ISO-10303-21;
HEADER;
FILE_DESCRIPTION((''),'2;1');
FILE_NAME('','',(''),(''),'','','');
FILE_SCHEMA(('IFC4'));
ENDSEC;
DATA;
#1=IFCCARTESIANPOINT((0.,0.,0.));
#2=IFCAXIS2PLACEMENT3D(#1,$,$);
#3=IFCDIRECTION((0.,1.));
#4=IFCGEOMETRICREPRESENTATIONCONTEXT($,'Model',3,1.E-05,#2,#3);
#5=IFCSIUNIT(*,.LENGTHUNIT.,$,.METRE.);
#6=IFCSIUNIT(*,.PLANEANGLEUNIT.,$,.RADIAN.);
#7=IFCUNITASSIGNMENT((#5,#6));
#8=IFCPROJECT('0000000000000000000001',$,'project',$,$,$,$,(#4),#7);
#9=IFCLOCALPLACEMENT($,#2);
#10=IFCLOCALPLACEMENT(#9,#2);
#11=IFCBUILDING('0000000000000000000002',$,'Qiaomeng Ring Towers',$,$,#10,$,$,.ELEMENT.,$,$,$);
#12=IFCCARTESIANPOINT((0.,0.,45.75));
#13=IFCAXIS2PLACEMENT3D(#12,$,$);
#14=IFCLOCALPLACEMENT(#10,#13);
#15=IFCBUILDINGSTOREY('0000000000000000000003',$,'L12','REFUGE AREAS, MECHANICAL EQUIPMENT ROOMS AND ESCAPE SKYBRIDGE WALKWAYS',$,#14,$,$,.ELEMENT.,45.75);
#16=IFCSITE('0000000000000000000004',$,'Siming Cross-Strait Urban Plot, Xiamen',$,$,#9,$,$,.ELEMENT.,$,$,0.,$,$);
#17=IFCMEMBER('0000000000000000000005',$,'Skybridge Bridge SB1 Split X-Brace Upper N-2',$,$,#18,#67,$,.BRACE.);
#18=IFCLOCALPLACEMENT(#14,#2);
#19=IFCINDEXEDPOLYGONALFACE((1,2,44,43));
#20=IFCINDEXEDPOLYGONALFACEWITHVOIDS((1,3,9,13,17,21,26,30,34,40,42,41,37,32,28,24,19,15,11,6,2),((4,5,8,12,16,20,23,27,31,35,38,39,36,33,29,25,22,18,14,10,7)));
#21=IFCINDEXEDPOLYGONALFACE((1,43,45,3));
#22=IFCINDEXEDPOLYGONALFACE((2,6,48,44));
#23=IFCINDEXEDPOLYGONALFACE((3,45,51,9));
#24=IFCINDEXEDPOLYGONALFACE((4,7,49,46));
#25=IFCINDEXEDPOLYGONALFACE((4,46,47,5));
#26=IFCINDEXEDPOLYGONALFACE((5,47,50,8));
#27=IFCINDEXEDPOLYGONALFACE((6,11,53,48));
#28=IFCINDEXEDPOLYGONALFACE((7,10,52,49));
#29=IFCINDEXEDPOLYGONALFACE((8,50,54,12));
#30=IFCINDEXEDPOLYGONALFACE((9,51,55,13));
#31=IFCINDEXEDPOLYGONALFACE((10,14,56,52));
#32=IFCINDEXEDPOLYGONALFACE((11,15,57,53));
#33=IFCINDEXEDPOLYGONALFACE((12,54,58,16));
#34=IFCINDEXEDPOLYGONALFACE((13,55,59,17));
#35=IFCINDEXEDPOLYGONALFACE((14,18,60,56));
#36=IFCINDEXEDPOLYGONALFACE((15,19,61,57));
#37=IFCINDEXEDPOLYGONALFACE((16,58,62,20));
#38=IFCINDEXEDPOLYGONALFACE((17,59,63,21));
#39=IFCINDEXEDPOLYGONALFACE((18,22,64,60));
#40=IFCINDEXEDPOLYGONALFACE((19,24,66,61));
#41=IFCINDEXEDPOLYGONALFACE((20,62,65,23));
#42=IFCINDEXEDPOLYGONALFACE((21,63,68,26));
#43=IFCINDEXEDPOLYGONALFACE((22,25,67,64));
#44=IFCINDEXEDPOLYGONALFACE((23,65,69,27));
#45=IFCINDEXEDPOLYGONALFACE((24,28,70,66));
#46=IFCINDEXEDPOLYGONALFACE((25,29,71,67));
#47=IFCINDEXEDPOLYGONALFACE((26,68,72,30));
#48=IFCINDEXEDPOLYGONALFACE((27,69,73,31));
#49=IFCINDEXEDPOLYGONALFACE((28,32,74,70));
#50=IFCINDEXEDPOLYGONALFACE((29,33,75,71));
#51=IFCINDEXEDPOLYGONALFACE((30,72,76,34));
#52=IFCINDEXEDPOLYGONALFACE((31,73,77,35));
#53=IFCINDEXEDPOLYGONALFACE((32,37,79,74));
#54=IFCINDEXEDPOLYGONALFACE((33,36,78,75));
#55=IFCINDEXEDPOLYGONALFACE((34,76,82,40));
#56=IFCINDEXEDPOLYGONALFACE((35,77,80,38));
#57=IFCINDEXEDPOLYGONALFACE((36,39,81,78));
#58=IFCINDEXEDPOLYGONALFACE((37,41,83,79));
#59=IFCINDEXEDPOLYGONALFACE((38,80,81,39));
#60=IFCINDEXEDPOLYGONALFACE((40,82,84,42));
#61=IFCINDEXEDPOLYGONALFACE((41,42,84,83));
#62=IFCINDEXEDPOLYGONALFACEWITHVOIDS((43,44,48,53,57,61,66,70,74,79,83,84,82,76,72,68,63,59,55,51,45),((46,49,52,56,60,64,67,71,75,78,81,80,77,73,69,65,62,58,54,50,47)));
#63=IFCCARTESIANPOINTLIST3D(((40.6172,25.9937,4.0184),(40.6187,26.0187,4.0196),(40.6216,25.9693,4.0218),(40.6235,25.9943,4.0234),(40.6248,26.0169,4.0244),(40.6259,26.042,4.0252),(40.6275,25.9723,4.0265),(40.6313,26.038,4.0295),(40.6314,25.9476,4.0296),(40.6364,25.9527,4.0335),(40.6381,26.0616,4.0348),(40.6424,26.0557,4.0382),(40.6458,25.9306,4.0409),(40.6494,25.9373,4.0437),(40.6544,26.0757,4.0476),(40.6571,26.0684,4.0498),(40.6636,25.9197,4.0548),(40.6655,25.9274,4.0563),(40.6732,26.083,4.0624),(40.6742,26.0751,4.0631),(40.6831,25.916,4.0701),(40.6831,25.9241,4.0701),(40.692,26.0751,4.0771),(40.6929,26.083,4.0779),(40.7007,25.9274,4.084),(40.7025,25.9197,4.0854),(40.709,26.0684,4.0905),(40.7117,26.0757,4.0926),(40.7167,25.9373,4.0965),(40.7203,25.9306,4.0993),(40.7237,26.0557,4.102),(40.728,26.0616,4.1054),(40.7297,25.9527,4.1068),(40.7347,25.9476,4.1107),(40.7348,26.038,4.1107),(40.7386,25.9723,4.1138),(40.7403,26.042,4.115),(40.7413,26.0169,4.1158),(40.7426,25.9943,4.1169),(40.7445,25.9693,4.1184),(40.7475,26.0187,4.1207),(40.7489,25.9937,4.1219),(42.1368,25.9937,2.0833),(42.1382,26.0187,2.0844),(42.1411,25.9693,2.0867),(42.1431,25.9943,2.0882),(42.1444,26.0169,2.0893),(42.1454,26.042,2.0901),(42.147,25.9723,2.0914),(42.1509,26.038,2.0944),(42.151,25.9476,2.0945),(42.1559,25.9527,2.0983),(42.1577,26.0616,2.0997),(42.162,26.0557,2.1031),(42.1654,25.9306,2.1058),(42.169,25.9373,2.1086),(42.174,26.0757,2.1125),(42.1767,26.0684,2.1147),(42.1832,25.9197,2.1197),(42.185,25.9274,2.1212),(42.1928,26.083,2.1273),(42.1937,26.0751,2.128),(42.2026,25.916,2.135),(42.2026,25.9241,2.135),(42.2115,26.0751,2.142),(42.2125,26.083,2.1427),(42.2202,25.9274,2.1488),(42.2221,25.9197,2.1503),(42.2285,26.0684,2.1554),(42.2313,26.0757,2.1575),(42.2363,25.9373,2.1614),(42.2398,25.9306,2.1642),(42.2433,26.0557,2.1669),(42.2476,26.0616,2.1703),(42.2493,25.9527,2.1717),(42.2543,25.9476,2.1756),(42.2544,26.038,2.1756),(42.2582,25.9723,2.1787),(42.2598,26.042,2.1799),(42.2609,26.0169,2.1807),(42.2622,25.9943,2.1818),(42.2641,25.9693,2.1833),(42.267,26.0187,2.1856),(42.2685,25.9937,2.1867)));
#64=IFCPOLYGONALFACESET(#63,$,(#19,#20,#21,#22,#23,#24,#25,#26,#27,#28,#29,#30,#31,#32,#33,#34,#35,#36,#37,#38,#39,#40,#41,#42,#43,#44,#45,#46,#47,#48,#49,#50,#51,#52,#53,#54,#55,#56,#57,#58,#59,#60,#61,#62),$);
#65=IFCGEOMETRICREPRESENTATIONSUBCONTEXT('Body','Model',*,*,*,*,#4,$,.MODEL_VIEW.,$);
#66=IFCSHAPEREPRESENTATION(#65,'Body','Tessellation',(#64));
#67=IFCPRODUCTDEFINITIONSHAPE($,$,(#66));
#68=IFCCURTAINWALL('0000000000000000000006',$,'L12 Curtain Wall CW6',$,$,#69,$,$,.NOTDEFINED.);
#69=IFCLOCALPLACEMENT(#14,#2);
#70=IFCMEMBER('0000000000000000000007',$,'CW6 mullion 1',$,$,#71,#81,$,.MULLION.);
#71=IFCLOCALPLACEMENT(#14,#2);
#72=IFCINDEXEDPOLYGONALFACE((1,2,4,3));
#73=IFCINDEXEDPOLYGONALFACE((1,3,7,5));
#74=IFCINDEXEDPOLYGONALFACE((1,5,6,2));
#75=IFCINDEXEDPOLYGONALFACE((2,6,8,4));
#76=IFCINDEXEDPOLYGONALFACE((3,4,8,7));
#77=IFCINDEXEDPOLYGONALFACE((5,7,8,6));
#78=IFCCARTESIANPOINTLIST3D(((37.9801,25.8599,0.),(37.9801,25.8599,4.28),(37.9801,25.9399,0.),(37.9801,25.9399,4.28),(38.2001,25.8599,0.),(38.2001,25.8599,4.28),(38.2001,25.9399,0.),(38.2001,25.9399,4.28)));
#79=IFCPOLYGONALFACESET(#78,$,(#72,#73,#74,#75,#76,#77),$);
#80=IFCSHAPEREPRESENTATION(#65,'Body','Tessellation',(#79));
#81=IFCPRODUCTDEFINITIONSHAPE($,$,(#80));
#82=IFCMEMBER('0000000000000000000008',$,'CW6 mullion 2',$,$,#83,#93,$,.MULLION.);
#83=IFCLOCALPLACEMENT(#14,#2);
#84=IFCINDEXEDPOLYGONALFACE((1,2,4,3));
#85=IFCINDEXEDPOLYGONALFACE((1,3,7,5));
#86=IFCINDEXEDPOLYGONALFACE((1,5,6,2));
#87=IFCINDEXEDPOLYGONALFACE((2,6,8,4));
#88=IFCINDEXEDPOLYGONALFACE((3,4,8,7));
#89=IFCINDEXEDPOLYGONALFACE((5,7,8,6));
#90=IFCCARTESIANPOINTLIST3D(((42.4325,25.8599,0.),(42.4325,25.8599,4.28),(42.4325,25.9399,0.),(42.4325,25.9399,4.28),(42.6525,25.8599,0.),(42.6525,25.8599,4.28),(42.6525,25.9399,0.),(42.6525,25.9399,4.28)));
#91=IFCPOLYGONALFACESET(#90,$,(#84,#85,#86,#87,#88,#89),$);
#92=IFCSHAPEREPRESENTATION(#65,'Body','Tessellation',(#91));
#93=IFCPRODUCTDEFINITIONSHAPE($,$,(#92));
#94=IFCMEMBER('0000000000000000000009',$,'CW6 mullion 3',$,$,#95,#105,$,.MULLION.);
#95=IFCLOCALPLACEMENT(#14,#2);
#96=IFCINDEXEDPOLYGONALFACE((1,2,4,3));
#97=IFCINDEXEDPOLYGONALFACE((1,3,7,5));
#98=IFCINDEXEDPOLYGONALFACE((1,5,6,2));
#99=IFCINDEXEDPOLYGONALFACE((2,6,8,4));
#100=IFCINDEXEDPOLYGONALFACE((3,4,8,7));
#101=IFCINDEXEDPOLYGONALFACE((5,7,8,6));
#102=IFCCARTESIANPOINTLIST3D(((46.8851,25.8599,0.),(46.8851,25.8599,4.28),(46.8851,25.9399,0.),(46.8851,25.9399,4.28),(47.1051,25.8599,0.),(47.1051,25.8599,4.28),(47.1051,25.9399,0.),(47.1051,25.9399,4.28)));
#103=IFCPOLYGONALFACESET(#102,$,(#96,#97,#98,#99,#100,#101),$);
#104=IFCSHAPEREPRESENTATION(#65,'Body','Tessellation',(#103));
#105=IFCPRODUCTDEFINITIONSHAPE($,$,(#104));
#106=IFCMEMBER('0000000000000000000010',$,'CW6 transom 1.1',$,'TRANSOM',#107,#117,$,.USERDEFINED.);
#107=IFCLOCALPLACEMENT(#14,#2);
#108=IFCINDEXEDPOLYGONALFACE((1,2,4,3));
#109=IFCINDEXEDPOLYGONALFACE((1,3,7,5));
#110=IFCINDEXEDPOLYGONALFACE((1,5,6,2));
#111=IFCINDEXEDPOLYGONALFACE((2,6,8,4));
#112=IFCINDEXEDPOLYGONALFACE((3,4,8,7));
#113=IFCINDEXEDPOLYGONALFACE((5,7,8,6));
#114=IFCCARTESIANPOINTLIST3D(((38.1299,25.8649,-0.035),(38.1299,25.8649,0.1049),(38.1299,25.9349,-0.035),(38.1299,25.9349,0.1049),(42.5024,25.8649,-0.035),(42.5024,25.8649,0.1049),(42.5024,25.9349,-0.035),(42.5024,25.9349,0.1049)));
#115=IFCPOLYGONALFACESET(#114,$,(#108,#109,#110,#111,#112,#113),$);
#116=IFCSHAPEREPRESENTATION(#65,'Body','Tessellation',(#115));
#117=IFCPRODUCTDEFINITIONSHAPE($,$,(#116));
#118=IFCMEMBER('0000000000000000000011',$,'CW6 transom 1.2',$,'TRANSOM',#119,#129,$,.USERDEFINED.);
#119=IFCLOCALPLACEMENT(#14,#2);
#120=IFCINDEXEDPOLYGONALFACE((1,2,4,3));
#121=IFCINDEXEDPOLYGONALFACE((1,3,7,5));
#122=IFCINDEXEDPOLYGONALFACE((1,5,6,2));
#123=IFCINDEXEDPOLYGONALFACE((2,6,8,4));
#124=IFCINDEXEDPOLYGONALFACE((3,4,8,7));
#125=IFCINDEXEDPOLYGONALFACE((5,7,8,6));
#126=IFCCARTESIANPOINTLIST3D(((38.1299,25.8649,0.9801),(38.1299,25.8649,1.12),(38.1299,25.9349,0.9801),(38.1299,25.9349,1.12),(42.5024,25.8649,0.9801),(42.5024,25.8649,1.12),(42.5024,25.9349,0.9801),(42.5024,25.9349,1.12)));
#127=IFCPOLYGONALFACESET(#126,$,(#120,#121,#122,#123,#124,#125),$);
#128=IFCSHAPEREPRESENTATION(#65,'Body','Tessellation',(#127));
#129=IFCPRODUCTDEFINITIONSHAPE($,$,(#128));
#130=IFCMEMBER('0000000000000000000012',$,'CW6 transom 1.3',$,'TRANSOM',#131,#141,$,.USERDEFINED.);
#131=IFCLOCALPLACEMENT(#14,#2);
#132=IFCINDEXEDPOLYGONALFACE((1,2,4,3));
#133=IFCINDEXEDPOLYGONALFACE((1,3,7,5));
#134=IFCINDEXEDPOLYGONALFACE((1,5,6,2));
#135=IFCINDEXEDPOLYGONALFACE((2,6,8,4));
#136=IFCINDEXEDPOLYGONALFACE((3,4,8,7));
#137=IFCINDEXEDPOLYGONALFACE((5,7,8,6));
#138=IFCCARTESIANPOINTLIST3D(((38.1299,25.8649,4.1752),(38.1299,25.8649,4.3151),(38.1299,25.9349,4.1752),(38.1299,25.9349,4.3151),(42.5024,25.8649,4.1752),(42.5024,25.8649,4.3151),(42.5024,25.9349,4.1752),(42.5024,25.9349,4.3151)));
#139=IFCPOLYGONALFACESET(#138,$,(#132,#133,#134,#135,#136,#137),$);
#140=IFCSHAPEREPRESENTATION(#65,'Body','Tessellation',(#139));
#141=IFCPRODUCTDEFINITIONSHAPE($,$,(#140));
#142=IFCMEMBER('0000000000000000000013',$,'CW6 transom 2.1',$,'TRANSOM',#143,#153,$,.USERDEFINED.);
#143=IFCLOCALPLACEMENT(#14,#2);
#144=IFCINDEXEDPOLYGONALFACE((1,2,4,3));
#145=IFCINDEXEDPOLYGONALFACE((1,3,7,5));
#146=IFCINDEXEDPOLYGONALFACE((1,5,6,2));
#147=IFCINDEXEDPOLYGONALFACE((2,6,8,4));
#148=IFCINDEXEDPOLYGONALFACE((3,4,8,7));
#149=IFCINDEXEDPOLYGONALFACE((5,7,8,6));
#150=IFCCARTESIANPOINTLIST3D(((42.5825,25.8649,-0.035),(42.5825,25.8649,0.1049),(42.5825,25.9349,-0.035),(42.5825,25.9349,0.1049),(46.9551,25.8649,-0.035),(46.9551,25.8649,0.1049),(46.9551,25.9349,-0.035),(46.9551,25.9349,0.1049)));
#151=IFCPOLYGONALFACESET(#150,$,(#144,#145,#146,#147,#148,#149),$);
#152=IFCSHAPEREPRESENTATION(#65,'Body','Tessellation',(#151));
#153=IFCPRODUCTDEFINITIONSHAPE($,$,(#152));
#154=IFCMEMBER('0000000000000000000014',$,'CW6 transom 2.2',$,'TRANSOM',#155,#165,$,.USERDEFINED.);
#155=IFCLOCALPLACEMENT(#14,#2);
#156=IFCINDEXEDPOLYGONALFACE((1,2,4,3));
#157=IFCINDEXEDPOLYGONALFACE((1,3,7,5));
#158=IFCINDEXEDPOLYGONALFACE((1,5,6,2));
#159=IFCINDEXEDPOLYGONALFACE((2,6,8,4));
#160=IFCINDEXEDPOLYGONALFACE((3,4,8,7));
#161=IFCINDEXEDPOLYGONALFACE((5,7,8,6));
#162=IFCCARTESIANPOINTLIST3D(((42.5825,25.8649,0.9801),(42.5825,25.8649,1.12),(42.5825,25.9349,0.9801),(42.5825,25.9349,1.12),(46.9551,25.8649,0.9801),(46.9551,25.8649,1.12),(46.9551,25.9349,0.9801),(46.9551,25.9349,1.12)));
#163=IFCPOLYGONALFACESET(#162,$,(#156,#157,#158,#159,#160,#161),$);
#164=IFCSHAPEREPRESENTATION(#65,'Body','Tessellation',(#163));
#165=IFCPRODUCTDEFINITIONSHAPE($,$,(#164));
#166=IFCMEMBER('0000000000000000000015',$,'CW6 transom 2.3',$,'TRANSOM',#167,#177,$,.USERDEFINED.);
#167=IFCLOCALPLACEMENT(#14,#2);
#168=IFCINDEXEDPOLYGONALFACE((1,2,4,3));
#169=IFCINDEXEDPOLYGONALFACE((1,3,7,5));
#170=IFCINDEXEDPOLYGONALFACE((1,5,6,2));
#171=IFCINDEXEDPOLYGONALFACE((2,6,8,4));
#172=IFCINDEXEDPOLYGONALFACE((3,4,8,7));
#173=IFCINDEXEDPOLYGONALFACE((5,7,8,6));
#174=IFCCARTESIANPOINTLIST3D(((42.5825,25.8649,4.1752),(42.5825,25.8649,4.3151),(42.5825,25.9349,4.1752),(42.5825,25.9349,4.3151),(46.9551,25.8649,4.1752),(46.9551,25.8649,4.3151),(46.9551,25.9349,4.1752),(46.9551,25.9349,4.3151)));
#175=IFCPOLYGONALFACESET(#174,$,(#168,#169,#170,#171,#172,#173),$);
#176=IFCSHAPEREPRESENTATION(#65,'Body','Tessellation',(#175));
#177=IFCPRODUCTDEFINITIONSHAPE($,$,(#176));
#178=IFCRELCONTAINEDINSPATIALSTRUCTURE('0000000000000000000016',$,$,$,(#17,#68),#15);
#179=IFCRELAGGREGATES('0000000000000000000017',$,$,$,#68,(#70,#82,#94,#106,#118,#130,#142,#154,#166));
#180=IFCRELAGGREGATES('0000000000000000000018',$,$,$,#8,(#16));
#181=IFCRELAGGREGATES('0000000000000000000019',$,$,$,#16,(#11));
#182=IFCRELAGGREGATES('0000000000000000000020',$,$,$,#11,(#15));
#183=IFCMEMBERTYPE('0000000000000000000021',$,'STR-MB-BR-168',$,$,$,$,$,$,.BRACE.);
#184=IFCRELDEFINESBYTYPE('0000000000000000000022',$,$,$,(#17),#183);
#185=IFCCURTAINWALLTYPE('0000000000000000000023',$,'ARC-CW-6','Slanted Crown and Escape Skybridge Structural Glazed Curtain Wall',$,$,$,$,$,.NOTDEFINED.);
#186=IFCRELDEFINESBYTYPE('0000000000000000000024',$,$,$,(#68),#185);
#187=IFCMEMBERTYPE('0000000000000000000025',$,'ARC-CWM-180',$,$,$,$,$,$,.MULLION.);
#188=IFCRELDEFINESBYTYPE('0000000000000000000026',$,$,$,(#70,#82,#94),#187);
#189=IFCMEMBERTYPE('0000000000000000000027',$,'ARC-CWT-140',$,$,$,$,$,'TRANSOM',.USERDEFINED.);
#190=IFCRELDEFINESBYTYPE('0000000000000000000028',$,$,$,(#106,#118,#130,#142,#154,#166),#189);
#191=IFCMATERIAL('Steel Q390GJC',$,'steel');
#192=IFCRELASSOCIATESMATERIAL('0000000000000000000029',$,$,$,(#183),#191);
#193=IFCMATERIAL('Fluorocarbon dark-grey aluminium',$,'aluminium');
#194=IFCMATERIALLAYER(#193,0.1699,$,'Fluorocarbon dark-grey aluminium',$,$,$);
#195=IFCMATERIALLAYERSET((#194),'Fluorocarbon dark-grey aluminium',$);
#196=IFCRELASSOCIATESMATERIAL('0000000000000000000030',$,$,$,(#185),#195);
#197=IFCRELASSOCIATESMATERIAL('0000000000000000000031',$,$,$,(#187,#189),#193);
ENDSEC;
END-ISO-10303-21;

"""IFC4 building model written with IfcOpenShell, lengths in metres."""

from ifc_helpers import new_model, si_unit, direction, frame, origin, origin_2d, place, context, subcontext, project, spatial, rectangle, hollow_circle, extrude, source, transform, mapped, material, layer, layer_set, material_profile, profile_set, type_object, element, aggregate, save


model = new_model("IFC4")

# Units and contexts
model_context = context("Model", 3, precision=1e-05, world=origin(), true_north=direction((0.0, 1.0)))
body_context = subcontext(model_context, "Body", "Model", "MODEL_VIEW")
ifc_project = project(units=[si_unit("LENGTHUNIT", "METRE"), si_unit("PLANEANGLEUNIT", "RADIAN")], contexts=[model_context])

# Site, building, storey
site_placement = place(None, origin())
site = spatial("IfcSite", under=ifc_project, at=site_placement, Name="Siming Cross-Strait Urban Plot, Xiamen", CompositionType="ELEMENT", RefElevation=0.0)
building_placement = place(site_placement, origin())
building = spatial("IfcBuilding", under=site, at=building_placement, Name="Qiaomeng Ring Towers", CompositionType="ELEMENT")
storey_placement = place(building_placement, frame((0.0, 0.0, 45.75)))
storey = spatial("IfcBuildingStorey", under=building, at=storey_placement, Name="L12", Description="REFUGE AREAS, MECHANICAL EQUIPMENT ROOMS AND ESCAPE SKYBRIDGE WALKWAYS", CompositionType="ELEMENT", Elevation=45.75)

# Member
ifc_material_1 = material(Name="Steel Q390GJC", Category="steel")
ifc_material_profile_1 = material_profile(ifc_material_1, hollow_circle(Radius=0.084, WallThickness=0.0081, at=origin_2d()), Name="CHS 168x8")
ifc_profile_set_1 = profile_set([ifc_material_profile_1], Name="Steel Q390GJC")
member_type_1 = type_object("IfcMemberType", Name="STR-MB-BR-168", PredefinedType="BRACE", material=ifc_profile_set_1)
shared_shape_1 = source(origin(), body_context, "Body", "SweptSolid", [
    extrude(hollow_circle(Radius=0.084, WallThickness=0.0081, at=origin_2d()), origin(), (0.0, 0.0, 1.0), 2.4604),
])
member_1_placement = place(storey_placement, frame((42.2026, 26.0, 2.135), z_axis=(-0.617602, 0.0, 0.78649), x_axis=(0.0, -1.0, 0.0)))
element("IfcMember", 1, at=member_1_placement, inside=storey, type_object=member_type_1, Name="Skybridge Bridge SB1 Split X-Brace Upper N-2", PredefinedType="BRACE", context=body_context, shape_type="MappedRepresentation", body=[
    mapped(shared_shape_1, transform((0.0, 0.0, 0.0), x_axis=(1.0, 0.0, 0.0), y_axis=(0.0, 1.0, 0.0), z_axis=(0.0, 0.0, 1.0), scale=1.0)),
])

# Curtain wall, members
ifc_material_2 = material(Name="Fluorocarbon dark-grey aluminium", Category="aluminium")
ifc_layer_1 = layer(ifc_material_2, 0.1699, Name="Fluorocarbon dark-grey aluminium")
ifc_layer_set_1 = layer_set([ifc_layer_1], Name="Fluorocarbon dark-grey aluminium")
curtain_wall_type = type_object("IfcCurtainWallType", Name="ARC-CW-6", Description="Slanted Crown and Escape Skybridge Structural Glazed Curtain Wall", PredefinedType="NOTDEFINED", material=ifc_layer_set_1)
curtain_wall_placement = place(storey_placement, origin())
curtain_wall = element("IfcCurtainWall", 2, at=curtain_wall_placement, inside=storey, type_object=curtain_wall_type, Name="L12 Curtain Wall CW6", PredefinedType="NOTDEFINED")
ifc_material_profile_2 = material_profile(ifc_material_2, rectangle(XDim=0.0801, YDim=0.22, at=origin_2d()), Name="ALU MULL 80x220")
ifc_profile_set_2 = profile_set([ifc_material_profile_2], Name="Fluorocarbon dark-grey aluminium")
member_type_2 = type_object("IfcMemberType", Name="ARC-CWM-180", PredefinedType="MULLION", material=ifc_profile_set_2)
shared_shape_2 = source(origin(), body_context, "Body", "SweptSolid", [
    extrude(rectangle(XDim=0.0801, YDim=0.22, at=origin_2d()), origin(), (0.0, 0.0, 1.0), 4.28),
])
member_2_placement = place(storey_placement, frame((38.0901, 25.8999, 0.0), z_axis=(0.0, 0.0, 1.0), x_axis=(0.0, 1.0, 0.0)))
member_2 = element("IfcMember", 3, at=member_2_placement, type_object=member_type_2, Name="CW6 mullion 1", PredefinedType="MULLION", context=body_context, shape_type="MappedRepresentation", body=[
    mapped(shared_shape_2, transform((0.0, 0.0, 0.0), x_axis=(1.0, 0.0, 0.0), y_axis=(0.0, 1.0, 0.0), z_axis=(0.0, 0.0, 1.0), scale=1.0)),
])
member_3_placement = place(storey_placement, frame((42.5425, 25.8999, 0.0), z_axis=(0.0, 0.0, 1.0), x_axis=(0.0, 1.0, 0.0)))
member_3 = element("IfcMember", 4, at=member_3_placement, type_object=member_type_2, Name="CW6 mullion 2", PredefinedType="MULLION", context=body_context, shape_type="MappedRepresentation", body=[
    mapped(shared_shape_2, transform((0.0, 0.0, 0.0), x_axis=(1.0, 0.0, 0.0), y_axis=(0.0, 1.0, 0.0), z_axis=(0.0, 0.0, 1.0), scale=1.0)),
])
member_4_placement = place(storey_placement, frame((46.9951, 25.8999, 0.0), z_axis=(0.0, 0.0, 1.0), x_axis=(0.0, 1.0, 0.0)))
member_4 = element("IfcMember", 5, at=member_4_placement, type_object=member_type_2, Name="CW6 mullion 3", PredefinedType="MULLION", context=body_context, shape_type="MappedRepresentation", body=[
    mapped(shared_shape_2, transform((0.0, 0.0, 0.0), x_axis=(1.0, 0.0, 0.0), y_axis=(0.0, 1.0, 0.0), z_axis=(0.0, 0.0, 1.0), scale=1.0)),
])
ifc_material_profile_3 = material_profile(ifc_material_2, rectangle(XDim=0.0701, YDim=0.1399, at=origin_2d()), Name="ALU TRAN 70x140")
ifc_profile_set_3 = profile_set([ifc_material_profile_3], Name="Fluorocarbon dark-grey aluminium")
member_type_3 = type_object("IfcMemberType", Name="ARC-CWT-140", ElementType="TRANSOM", PredefinedType="USERDEFINED", material=ifc_profile_set_3)
shared_shape_3 = source(origin(), body_context, "Body", "SweptSolid", [
    extrude(rectangle(XDim=0.0701, YDim=0.1399, at=origin_2d()), origin(), (0.0, 0.0, 1.0), 4.3726),
])
member_5_placement = place(storey_placement, frame((38.1299, 25.8999, 0.0349), z_axis=(1.0, 0.0, 0.0), x_axis=(0.0, 1.0, 0.0)))
member_5 = element("IfcMember", 6, at=member_5_placement, type_object=member_type_3, Name="CW6 transom 1.1", ObjectType="TRANSOM", PredefinedType="USERDEFINED", context=body_context, shape_type="MappedRepresentation", body=[
    mapped(shared_shape_3, transform((0.0, 0.0, 0.0), x_axis=(1.0, 0.0, 0.0), y_axis=(0.0, 1.0, 0.0), z_axis=(0.0, 0.0, 1.0), scale=1.0)),
])
member_6_placement = place(storey_placement, frame((38.1299, 25.8999, 1.05), z_axis=(1.0, 0.0, 0.0), x_axis=(0.0, 1.0, 0.0)))
member_6 = element("IfcMember", 7, at=member_6_placement, type_object=member_type_3, Name="CW6 transom 1.2", ObjectType="TRANSOM", PredefinedType="USERDEFINED", context=body_context, shape_type="MappedRepresentation", body=[
    mapped(shared_shape_3, transform((0.0, 0.0, 0.0), x_axis=(1.0, 0.0, 0.0), y_axis=(0.0, 1.0, 0.0), z_axis=(0.0, 0.0, 1.0), scale=1.0)),
])
member_7_placement = place(storey_placement, frame((38.1299, 25.8999, 4.2451), z_axis=(1.0, 0.0, 0.0), x_axis=(0.0, 1.0, 0.0)))
member_7 = element("IfcMember", 8, at=member_7_placement, type_object=member_type_3, Name="CW6 transom 1.3", ObjectType="TRANSOM", PredefinedType="USERDEFINED", context=body_context, shape_type="MappedRepresentation", body=[
    mapped(shared_shape_3, transform((0.0, 0.0, 0.0), x_axis=(1.0, 0.0, 0.0), y_axis=(0.0, 1.0, 0.0), z_axis=(0.0, 0.0, 1.0), scale=1.0)),
])
member_8_placement = place(storey_placement, frame((42.5825, 25.8999, 0.0349), z_axis=(1.0, 0.0, 0.0), x_axis=(0.0, 1.0, 0.0)))
member_8 = element("IfcMember", 9, at=member_8_placement, type_object=member_type_3, Name="CW6 transom 2.1", ObjectType="TRANSOM", PredefinedType="USERDEFINED", context=body_context, shape_type="MappedRepresentation", body=[
    mapped(shared_shape_3, transform((0.0, 0.0, 0.0), x_axis=(1.0, 0.0, 0.0), y_axis=(0.0, 1.0, 0.0), z_axis=(0.0, 0.0, 1.0), scale=1.0)),
])
member_9_placement = place(storey_placement, frame((42.5825, 25.8999, 1.05), z_axis=(1.0, 0.0, 0.0), x_axis=(0.0, 1.0, 0.0)))
member_9 = element("IfcMember", 10, at=member_9_placement, type_object=member_type_3, Name="CW6 transom 2.2", ObjectType="TRANSOM", PredefinedType="USERDEFINED", context=body_context, shape_type="MappedRepresentation", body=[
    mapped(shared_shape_3, transform((0.0, 0.0, 0.0), x_axis=(1.0, 0.0, 0.0), y_axis=(0.0, 1.0, 0.0), z_axis=(0.0, 0.0, 1.0), scale=1.0)),
])
member_10_placement = place(storey_placement, frame((42.5825, 25.8999, 4.2451), z_axis=(1.0, 0.0, 0.0), x_axis=(0.0, 1.0, 0.0)))
member_10 = element("IfcMember", 11, at=member_10_placement, type_object=member_type_3, Name="CW6 transom 2.3", ObjectType="TRANSOM", PredefinedType="USERDEFINED", context=body_context, shape_type="MappedRepresentation", body=[
    mapped(shared_shape_3, transform((0.0, 0.0, 0.0), x_axis=(1.0, 0.0, 0.0), y_axis=(0.0, 1.0, 0.0), z_axis=(0.0, 0.0, 1.0), scale=1.0)),
])

aggregate(curtain_wall, [member_2, member_3, member_4, member_5, member_6, member_7, member_8, member_9, member_10])

save(model, "model.ifc")
